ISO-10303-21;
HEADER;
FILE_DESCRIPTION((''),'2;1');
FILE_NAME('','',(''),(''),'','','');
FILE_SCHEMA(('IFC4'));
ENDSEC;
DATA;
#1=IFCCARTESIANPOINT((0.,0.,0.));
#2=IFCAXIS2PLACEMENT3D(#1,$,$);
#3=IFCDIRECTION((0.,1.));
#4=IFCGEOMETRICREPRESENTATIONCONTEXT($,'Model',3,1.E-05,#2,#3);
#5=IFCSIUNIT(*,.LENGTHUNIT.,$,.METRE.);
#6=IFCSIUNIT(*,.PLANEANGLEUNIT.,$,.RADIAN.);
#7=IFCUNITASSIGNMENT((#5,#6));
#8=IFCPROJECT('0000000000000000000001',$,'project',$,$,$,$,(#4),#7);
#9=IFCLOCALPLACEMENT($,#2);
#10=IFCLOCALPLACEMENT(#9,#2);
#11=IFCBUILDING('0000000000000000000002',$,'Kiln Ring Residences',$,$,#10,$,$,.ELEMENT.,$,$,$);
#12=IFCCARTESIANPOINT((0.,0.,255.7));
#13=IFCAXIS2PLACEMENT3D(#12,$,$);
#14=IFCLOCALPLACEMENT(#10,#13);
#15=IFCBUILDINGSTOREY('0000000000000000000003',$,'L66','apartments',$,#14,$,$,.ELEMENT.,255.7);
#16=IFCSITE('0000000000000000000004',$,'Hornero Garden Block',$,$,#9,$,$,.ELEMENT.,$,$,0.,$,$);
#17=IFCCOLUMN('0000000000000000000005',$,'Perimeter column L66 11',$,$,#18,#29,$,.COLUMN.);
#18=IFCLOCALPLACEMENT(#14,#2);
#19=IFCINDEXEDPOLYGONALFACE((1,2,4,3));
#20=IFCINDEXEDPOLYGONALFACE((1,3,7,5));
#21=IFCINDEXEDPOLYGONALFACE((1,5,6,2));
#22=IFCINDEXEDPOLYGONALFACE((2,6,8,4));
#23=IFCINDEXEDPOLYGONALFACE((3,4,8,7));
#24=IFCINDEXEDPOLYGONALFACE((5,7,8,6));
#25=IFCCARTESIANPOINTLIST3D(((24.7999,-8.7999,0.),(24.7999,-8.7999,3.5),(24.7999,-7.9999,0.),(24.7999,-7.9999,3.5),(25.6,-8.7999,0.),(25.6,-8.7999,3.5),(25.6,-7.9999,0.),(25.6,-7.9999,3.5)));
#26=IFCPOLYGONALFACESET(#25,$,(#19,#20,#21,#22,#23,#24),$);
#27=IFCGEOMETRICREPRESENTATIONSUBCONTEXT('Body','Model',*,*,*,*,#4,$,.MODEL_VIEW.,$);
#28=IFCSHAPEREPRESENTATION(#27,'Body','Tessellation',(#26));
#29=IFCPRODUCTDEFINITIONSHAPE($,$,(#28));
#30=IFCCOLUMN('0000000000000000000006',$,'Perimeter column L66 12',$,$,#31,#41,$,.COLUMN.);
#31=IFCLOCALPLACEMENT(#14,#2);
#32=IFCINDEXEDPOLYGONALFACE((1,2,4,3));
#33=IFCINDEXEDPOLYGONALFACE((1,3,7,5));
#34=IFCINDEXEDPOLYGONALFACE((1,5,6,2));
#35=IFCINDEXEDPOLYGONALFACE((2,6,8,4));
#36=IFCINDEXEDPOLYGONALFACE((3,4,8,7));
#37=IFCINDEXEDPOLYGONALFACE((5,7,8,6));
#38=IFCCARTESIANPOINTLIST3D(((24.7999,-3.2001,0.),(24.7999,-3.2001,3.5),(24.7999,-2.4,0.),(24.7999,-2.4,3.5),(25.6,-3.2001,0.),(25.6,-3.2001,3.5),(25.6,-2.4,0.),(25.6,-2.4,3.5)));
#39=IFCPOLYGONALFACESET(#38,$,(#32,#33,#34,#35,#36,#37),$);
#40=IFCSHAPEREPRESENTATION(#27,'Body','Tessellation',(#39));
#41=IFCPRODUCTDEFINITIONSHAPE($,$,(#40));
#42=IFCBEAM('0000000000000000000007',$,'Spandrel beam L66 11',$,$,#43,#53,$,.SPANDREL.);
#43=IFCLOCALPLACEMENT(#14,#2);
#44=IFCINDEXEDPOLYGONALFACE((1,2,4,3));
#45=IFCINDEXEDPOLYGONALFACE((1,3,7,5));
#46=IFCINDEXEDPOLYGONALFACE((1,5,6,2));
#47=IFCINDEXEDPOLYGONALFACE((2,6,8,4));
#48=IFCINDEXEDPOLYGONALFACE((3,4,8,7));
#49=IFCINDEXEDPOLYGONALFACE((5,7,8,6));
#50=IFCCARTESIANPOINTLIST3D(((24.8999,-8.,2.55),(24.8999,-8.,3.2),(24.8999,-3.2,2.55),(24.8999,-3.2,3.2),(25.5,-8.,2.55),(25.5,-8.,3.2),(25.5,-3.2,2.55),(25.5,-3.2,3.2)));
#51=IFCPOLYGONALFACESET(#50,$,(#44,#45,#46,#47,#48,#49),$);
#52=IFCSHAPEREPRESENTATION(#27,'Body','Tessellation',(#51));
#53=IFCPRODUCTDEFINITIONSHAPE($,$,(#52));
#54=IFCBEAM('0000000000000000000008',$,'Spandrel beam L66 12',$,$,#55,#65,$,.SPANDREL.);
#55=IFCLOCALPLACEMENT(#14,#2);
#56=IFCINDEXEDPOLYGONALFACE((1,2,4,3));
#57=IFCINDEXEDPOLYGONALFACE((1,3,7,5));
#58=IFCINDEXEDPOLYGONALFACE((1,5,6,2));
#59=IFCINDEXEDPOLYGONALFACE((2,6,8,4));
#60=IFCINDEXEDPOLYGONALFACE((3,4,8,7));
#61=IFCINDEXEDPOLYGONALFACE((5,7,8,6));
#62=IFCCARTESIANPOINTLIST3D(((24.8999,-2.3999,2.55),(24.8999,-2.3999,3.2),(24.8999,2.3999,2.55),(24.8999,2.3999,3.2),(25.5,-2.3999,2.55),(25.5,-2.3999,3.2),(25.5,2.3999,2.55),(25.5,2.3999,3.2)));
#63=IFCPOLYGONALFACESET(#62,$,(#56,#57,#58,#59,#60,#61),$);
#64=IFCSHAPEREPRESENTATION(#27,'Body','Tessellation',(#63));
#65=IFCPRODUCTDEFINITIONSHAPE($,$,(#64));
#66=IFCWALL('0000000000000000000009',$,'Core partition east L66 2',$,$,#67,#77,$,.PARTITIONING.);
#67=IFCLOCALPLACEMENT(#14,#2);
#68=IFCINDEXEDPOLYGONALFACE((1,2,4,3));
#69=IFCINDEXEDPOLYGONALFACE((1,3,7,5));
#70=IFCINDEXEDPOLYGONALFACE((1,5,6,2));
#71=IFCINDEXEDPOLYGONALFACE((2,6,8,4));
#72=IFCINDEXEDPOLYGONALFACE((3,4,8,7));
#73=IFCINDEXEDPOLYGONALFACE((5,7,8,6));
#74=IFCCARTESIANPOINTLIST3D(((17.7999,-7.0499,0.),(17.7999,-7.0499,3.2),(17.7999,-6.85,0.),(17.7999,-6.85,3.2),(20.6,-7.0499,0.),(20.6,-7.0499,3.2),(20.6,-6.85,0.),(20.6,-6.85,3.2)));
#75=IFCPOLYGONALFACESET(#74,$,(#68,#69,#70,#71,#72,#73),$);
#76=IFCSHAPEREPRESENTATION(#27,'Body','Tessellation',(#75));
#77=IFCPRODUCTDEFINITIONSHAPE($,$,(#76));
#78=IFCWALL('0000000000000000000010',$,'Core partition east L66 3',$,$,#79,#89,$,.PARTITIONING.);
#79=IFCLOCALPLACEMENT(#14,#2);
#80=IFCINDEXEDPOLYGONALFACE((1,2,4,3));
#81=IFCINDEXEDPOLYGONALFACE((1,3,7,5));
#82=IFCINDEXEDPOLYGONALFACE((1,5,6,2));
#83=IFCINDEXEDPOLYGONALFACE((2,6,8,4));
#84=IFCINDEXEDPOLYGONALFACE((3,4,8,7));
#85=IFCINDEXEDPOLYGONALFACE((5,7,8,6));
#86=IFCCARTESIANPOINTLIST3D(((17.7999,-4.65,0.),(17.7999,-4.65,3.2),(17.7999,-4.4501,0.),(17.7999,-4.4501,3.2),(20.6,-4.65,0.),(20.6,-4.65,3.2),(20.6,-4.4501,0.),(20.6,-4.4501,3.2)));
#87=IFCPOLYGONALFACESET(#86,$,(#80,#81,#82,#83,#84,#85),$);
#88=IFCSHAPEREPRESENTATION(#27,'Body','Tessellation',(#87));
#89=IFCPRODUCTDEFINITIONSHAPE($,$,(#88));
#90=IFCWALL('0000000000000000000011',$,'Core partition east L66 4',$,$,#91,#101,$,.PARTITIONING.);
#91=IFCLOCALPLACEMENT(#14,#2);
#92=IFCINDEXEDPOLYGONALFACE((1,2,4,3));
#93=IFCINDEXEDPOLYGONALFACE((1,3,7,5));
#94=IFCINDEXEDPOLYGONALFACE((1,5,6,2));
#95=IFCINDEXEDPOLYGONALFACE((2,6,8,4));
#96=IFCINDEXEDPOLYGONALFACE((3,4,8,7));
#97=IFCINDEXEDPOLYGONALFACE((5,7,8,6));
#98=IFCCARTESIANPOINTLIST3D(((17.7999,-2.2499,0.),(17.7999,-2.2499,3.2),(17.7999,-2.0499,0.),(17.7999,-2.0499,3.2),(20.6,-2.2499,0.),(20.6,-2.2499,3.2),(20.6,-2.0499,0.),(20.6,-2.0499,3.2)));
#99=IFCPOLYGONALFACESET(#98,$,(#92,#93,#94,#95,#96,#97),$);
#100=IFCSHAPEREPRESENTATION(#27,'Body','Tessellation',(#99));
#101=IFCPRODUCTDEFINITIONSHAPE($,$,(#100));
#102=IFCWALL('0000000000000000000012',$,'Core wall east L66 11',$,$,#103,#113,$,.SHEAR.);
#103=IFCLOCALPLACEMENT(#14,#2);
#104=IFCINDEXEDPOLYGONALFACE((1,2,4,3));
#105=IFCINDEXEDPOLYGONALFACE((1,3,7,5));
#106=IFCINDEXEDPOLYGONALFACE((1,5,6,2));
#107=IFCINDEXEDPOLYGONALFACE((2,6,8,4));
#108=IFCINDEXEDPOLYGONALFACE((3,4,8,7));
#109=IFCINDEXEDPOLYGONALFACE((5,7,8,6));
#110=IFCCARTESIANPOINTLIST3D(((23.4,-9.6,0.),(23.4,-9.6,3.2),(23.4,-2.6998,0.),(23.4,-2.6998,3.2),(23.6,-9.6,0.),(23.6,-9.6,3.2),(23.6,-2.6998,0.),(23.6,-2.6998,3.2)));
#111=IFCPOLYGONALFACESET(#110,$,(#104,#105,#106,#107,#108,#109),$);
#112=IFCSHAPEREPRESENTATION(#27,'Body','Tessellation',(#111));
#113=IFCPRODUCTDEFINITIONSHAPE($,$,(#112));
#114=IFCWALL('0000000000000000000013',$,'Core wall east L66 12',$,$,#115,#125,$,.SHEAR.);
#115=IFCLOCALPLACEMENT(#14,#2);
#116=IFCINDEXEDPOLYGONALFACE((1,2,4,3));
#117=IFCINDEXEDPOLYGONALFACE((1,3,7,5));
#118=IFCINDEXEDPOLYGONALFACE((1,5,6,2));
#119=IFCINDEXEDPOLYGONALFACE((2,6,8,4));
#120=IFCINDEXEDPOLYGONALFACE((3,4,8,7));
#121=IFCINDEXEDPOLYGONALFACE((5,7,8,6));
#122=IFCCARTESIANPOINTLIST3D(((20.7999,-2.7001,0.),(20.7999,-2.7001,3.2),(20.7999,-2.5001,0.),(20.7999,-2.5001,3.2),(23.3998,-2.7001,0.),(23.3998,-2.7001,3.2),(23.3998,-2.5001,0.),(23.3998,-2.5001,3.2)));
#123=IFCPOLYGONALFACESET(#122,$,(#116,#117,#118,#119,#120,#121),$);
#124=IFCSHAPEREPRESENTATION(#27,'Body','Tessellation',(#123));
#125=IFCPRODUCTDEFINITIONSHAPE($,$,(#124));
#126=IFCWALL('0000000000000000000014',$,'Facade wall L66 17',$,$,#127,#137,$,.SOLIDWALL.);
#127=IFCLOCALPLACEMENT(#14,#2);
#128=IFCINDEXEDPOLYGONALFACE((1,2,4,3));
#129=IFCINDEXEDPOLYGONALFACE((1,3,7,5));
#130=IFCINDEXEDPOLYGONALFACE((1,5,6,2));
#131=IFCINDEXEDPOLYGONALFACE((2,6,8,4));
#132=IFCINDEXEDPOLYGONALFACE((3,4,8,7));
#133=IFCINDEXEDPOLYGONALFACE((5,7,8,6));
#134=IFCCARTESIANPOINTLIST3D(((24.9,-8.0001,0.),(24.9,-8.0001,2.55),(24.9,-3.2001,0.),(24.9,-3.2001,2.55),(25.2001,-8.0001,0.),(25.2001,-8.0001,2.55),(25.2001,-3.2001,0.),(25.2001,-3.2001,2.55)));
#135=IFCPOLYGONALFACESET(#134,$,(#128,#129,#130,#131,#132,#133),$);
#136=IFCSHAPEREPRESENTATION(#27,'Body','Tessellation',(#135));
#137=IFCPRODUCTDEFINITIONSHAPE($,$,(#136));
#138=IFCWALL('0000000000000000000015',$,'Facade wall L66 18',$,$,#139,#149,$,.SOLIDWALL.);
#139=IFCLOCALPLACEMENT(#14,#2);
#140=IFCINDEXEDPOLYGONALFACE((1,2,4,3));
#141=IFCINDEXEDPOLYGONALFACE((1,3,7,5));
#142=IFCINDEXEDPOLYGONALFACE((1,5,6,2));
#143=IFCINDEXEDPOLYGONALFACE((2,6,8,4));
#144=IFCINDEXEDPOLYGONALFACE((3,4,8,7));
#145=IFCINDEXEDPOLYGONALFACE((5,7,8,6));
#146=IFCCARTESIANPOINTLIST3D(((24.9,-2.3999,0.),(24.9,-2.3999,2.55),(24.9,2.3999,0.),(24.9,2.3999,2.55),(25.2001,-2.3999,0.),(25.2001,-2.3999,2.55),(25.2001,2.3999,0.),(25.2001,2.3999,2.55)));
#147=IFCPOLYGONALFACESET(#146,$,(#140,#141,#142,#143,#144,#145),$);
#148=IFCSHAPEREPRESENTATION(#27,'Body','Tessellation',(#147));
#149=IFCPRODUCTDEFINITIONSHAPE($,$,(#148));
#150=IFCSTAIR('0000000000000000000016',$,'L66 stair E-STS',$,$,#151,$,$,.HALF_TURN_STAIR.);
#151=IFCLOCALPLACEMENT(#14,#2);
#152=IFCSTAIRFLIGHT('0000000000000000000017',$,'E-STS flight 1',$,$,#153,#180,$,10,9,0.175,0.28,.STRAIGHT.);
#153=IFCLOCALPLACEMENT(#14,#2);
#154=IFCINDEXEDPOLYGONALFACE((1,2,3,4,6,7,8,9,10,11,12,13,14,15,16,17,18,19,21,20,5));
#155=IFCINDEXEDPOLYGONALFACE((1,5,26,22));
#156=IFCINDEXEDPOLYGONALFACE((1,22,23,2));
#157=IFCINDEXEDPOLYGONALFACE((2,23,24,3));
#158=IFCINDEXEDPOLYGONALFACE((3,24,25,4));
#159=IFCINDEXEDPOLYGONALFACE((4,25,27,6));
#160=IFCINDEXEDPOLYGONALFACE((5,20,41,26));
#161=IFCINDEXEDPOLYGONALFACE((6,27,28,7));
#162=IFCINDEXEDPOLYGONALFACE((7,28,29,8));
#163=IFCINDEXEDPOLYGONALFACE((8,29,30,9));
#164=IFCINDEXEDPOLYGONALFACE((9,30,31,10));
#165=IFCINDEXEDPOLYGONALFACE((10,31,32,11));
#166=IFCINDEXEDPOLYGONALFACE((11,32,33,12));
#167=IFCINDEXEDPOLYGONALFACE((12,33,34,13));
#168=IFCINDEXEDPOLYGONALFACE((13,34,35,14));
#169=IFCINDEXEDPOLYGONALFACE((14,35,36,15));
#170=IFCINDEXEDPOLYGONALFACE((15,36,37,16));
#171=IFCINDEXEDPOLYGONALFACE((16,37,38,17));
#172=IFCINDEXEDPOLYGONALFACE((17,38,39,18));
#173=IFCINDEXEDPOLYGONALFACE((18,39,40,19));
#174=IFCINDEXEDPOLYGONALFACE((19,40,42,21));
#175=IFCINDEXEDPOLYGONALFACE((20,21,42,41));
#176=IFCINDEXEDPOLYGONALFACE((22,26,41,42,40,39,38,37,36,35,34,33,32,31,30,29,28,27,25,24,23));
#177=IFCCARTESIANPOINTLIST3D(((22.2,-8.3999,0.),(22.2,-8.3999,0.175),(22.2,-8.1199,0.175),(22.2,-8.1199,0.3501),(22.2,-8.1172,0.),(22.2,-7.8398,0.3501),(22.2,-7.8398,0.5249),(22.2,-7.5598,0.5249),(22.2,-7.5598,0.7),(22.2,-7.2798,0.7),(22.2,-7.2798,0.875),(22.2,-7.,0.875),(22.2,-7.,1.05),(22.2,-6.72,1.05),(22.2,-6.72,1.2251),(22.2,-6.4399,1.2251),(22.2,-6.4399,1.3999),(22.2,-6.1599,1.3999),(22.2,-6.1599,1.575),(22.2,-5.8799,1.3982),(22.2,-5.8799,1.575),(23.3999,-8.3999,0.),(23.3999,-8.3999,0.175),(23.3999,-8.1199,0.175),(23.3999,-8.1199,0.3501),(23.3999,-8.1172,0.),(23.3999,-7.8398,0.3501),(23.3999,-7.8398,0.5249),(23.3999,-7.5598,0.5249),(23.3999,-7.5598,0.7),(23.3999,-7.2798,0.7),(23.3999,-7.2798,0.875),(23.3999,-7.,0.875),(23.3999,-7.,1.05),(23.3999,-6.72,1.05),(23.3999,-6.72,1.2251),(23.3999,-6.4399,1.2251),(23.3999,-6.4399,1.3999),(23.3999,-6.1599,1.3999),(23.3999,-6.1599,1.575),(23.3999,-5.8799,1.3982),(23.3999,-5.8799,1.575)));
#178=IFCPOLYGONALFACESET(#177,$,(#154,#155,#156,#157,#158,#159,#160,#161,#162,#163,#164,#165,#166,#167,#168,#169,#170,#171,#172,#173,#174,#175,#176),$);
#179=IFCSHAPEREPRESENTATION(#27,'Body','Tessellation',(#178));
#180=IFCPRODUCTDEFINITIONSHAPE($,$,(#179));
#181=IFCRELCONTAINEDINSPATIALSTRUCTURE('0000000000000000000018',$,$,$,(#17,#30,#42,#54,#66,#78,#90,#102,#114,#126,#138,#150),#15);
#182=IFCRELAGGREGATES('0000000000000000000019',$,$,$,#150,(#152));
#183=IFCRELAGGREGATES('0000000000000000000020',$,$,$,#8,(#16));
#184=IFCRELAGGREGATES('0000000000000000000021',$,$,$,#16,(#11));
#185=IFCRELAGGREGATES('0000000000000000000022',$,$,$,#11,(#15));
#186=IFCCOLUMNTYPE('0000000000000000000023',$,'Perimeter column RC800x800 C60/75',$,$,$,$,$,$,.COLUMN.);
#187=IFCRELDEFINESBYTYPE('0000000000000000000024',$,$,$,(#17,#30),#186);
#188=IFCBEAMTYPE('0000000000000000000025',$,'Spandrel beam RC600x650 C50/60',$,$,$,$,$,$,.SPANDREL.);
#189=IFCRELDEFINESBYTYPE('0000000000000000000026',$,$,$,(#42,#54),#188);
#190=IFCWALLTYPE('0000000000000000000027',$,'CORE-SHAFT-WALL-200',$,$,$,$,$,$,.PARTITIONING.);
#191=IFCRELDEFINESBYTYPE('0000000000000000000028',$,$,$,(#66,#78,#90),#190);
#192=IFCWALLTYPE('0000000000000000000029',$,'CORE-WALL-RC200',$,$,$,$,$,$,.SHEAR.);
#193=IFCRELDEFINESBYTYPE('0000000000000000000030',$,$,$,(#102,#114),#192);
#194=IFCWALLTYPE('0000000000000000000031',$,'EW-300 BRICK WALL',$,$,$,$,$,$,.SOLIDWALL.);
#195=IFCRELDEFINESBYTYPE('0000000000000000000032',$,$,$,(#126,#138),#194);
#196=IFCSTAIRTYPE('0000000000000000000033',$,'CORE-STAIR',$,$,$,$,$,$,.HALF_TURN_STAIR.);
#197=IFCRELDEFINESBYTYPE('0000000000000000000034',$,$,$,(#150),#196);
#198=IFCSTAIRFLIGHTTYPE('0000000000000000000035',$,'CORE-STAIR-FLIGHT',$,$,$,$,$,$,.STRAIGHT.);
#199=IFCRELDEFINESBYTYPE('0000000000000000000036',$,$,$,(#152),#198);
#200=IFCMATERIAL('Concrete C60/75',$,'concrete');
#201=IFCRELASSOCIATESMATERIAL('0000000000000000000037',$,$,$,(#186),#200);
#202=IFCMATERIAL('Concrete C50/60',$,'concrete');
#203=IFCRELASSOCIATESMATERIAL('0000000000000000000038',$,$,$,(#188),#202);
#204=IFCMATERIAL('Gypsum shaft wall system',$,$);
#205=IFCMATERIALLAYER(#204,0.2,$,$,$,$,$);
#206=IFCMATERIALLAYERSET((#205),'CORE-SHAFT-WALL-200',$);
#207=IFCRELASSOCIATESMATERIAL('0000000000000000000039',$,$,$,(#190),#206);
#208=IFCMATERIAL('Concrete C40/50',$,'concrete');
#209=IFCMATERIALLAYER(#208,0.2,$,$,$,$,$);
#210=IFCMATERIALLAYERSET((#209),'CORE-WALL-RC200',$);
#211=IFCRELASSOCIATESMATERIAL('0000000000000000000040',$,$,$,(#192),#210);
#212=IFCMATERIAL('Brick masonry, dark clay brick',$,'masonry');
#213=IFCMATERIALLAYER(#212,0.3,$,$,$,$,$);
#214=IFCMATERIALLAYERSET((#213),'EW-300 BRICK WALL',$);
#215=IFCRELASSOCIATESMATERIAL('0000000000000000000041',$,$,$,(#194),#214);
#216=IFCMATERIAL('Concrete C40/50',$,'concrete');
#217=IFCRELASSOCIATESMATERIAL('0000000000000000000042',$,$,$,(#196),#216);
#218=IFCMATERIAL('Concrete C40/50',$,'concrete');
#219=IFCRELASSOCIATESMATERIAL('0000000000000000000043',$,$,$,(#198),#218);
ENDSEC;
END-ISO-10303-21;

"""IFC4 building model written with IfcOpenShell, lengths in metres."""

from ifc_helpers import new_model, si_unit, direction, frame, frame_2d, origin, origin_2d, place, context, subcontext, project, spatial, polyline, rectangle, outline, extrude, material, layer, layer_set, material_profile, profile_set, type_object, element, aggregate, save


model = new_model("IFC4")

# Units and contexts
model_context = context("Model", 3, precision=1e-05, world=origin(), true_north=direction((0.0, 1.0)))
body_context = subcontext(model_context, "Body", "Model", "MODEL_VIEW")
ifc_project = project(units=[si_unit("LENGTHUNIT", "METRE"), si_unit("PLANEANGLEUNIT", "RADIAN")], contexts=[model_context])

# Site, building, storey
site_placement = place(None, origin())
site = spatial("IfcSite", under=ifc_project, at=site_placement, Name="Hornero Garden Block", CompositionType="ELEMENT", RefElevation=0.0)
building_placement = place(site_placement, origin())
building = spatial("IfcBuilding", under=site, at=building_placement, Name="Kiln Ring Residences", CompositionType="ELEMENT")
storey_placement = place(building_placement, frame((0.0, 0.0, 255.7)))
storey = spatial("IfcBuildingStorey", under=building, at=storey_placement, Name="L66", Description="apartments", CompositionType="ELEMENT", Elevation=255.7)

# Columns
ifc_material_1 = material(Name="Concrete C60/75", Category="concrete")
ifc_material_profile_1 = material_profile(ifc_material_1, rectangle(XDim=0.8, YDim=0.8, at=origin_2d()), Name="RC800x800")
ifc_profile_set_1 = profile_set([ifc_material_profile_1], Name="Concrete C60/75")
column_type = type_object("IfcColumnType", Name="Perimeter column RC800x800 C60/75", PredefinedType="COLUMN", material=ifc_profile_set_1)
for number, where, z_axis, x_axis, name in (
    (1, (25.2, -8.3999, 0.0), (0.0, 0.0, 1.0), (1.0, 0.0, 0.0), "Perimeter column L66 11"),
    (2, (25.2, -2.8, 0.0), (0.0, 0.0, 1.0), (1.0, 0.0, 0.0), "Perimeter column L66 12"),
):
    element("IfcColumn", number, at=place(storey_placement, frame(where, z_axis=z_axis, x_axis=x_axis)), inside=storey, type_object=column_type, Name=name, PredefinedType="COLUMN", context=body_context, shape_type="SweptSolid", body=[
        extrude(rectangle(XDim=0.8, YDim=0.8, at=origin_2d()), origin(), (0.0, 0.0, 1.0), 3.5),
    ])

# Beams
ifc_material_2 = material(Name="Concrete C50/60", Category="concrete")
ifc_material_profile_2 = material_profile(ifc_material_2, rectangle(XDim=0.6001, YDim=0.6499, at=origin_2d()), Name="RC600x650")
ifc_profile_set_2 = profile_set([ifc_material_profile_2], Name="Concrete C50/60")
beam_type = type_object("IfcBeamType", Name="Spandrel beam RC600x650 C50/60", PredefinedType="SPANDREL", material=ifc_profile_set_2)
beam_1_placement = place(storey_placement, frame((25.2, -8.0, 2.875), z_axis=(0.0, 1.0, 0.0), x_axis=(-1.0, 0.0, 0.0)))
element("IfcBeam", 3, at=beam_1_placement, inside=storey, type_object=beam_type, Name="Spandrel beam L66 11", PredefinedType="SPANDREL", context=body_context, shape_type="SweptSolid", body=[
    extrude(rectangle(XDim=0.6001, YDim=0.6499, at=origin_2d()), origin(), (0.0, 0.0, 1.0), 4.8),
])
beam_2_placement = place(storey_placement, frame((25.2, -2.3999, 2.875), z_axis=(0.0, 1.0, 0.0), x_axis=(-1.0, 0.0, 0.0)))
element("IfcBeam", 4, at=beam_2_placement, inside=storey, type_object=beam_type, Name="Spandrel beam L66 12", PredefinedType="SPANDREL", context=body_context, shape_type="SweptSolid", body=[
    extrude(rectangle(XDim=0.6001, YDim=0.6499, at=origin_2d()), origin(), (0.0, 0.0, 1.0), 4.7998),
])

# Walls
ifc_material_3 = material(Name="Gypsum shaft wall system")
ifc_layer_1 = layer(ifc_material_3, 0.2)
ifc_layer_set_1 = layer_set([ifc_layer_1], Name="CORE-SHAFT-WALL-200")
wall_type_1 = type_object("IfcWallType", Name="CORE-SHAFT-WALL-200", PredefinedType="PARTITIONING", material=ifc_layer_set_1)
for number, where, z_axis, x_axis, name in (
    (5, (17.8, -6.95, 0.0), (0.0, 0.0, 1.0), (1.0, 0.0, 0.0), "Core partition east L66 2"),
    (6, (17.8, -4.55, 0.0), (0.0, 0.0, 1.0), (1.0, 0.0, 0.0), "Core partition east L66 3"),
    (7, (17.8, -2.1499, 0.0), (0.0, 0.0, 1.0), (1.0, 0.0, 0.0), "Core partition east L66 4"),
):
    element("IfcWall", number, at=place(storey_placement, frame(where, z_axis=z_axis, x_axis=x_axis)), inside=storey, type_object=wall_type_1, Name=name, PredefinedType="PARTITIONING", context=body_context, shape_type="SweptSolid", body=[
        extrude(rectangle(XDim=2.8, YDim=0.2, at=frame_2d((1.3999, 0.0))), origin(), (0.0, 0.0, 1.0), 3.2),
    ])
ifc_material_4 = material(Name="Concrete C40/50", Category="concrete")
ifc_layer_2 = layer(ifc_material_4, 0.2)
ifc_layer_set_2 = layer_set([ifc_layer_2], Name="CORE-WALL-RC200")
wall_type_2 = type_object("IfcWallType", Name="CORE-WALL-RC200", PredefinedType="SHEAR", material=ifc_layer_set_2)
wall_1_placement = place(storey_placement, frame((23.5, -9.6001, 0.0), z_axis=(0.0, 0.0, 1.0), x_axis=(0.0, 1.0, 0.0)))
element("IfcWall", 8, at=wall_1_placement, inside=storey, type_object=wall_type_2, Name="Core wall east L66 11", PredefinedType="SHEAR", context=body_context, shape_type="SweptSolid", body=[
    extrude(rectangle(XDim=6.9001, YDim=0.2, at=frame_2d((3.4502, 0.0))), origin(), (0.0, 0.0, 1.0), 3.2),
])
wall_2_placement = place(storey_placement, frame((20.8, -2.6001, 0.0), z_axis=(0.0, 0.0, 1.0), x_axis=(1.0, 0.0, 0.0)))
element("IfcWall", 9, at=wall_2_placement, inside=storey, type_object=wall_type_2, Name="Core wall east L66 12", PredefinedType="SHEAR", context=body_context, shape_type="SweptSolid", body=[
    extrude(rectangle(XDim=2.5999, YDim=0.2, at=frame_2d((1.2998, 0.0))), origin(), (0.0, 0.0, 1.0), 3.2),
])
ifc_material_5 = material(Name="Brick masonry, dark clay brick", Category="masonry")
ifc_layer_3 = layer(ifc_material_5, 0.3)
ifc_layer_set_3 = layer_set([ifc_layer_3], Name="EW-300 BRICK WALL")
wall_type_3 = type_object("IfcWallType", Name="EW-300 BRICK WALL", PredefinedType="SOLIDWALL", material=ifc_layer_set_3)
wall_3_placement = place(storey_placement, frame((25.05, -8.0, 0.0), z_axis=(0.0, 0.0, 1.0), x_axis=(0.0, 1.0, 0.0)))
element("IfcWall", 10, at=wall_3_placement, inside=storey, type_object=wall_type_3, Name="Facade wall L66 17", PredefinedType="SOLIDWALL", context=body_context, shape_type="SweptSolid", body=[
    extrude(rectangle(XDim=4.8, YDim=0.3, at=frame_2d((2.3999, 0.0))), origin(), (0.0, 0.0, 1.0), 2.55),
])
wall_4_placement = place(storey_placement, frame((25.05, -2.3999, 0.0), z_axis=(0.0, 0.0, 1.0), x_axis=(0.0, 1.0, 0.0)))
element("IfcWall", 11, at=wall_4_placement, inside=storey, type_object=wall_type_3, Name="Facade wall L66 18", PredefinedType="SOLIDWALL", context=body_context, shape_type="SweptSolid", body=[
    extrude(rectangle(XDim=4.7998, YDim=0.3, at=frame_2d((2.3999, 0.0))), origin(), (0.0, 0.0, 1.0), 2.55),
])

# Stair, stair flight
ifc_material_6 = material(Name="Concrete C40/50", Category="concrete")
stair_type = type_object("IfcStairType", Name="CORE-STAIR", PredefinedType="HALF_TURN_STAIR", material=ifc_material_6)
stair_placement = place(storey_placement, origin())
stair = element("IfcStair", 12, at=stair_placement, inside=storey, type_object=stair_type, Name="L66 stair E-STS", PredefinedType="HALF_TURN_STAIR")
ifc_material_7 = material(Name="Concrete C40/50", Category="concrete")
stair_flight_type = type_object("IfcStairFlightType", Name="CORE-STAIR-FLIGHT", PredefinedType="STRAIGHT", material=ifc_material_7)
stair_flight_1_placement = place(storey_placement, frame((22.8, -8.3999, 0.0), z_axis=(0.0, 0.0, 1.0), x_axis=(0.0, 1.0, 0.0)))
stair_flight_1 = element("IfcStairFlight", 13, at=stair_flight_1_placement, type_object=stair_flight_type, Name="E-STS flight 1", NumberOfRisers=10, NumberOfTreads=9, PredefinedType="STRAIGHT", RiserHeight=0.175, TreadLength=0.28, context=body_context, shape_type="SweptSolid", body=[
    extrude(outline(polyline([(0.0, 0.0), (0.0, 0.175), (0.28, 0.175), (0.28, 0.3501), (0.5601, 0.3501), (0.5601, 0.5249), (0.8401, 0.5249), (0.8401, 0.7), (1.1201, 0.7), (1.1201, 0.875), (1.3999, 0.875), (1.3999, 1.05), (1.6799, 1.05), (1.6799, 1.2251), (1.96, 1.2251), (1.96, 1.3999), (2.24, 1.3999), (2.24, 1.575), (2.52, 1.575), (2.52, 1.75), (2.52, 1.3982), (0.2827, 0.0), (0.0, 0.0)])), frame((0.0, 0.6001, 0.0), z_axis=(0.0, -1.0, 0.0), x_axis=(1.0, 0.0, 0.0)), (0.0, 0.0, 1.0), 1.2),
])
aggregate(stair, [stair_flight_1])

save(model, "model.ifc")
